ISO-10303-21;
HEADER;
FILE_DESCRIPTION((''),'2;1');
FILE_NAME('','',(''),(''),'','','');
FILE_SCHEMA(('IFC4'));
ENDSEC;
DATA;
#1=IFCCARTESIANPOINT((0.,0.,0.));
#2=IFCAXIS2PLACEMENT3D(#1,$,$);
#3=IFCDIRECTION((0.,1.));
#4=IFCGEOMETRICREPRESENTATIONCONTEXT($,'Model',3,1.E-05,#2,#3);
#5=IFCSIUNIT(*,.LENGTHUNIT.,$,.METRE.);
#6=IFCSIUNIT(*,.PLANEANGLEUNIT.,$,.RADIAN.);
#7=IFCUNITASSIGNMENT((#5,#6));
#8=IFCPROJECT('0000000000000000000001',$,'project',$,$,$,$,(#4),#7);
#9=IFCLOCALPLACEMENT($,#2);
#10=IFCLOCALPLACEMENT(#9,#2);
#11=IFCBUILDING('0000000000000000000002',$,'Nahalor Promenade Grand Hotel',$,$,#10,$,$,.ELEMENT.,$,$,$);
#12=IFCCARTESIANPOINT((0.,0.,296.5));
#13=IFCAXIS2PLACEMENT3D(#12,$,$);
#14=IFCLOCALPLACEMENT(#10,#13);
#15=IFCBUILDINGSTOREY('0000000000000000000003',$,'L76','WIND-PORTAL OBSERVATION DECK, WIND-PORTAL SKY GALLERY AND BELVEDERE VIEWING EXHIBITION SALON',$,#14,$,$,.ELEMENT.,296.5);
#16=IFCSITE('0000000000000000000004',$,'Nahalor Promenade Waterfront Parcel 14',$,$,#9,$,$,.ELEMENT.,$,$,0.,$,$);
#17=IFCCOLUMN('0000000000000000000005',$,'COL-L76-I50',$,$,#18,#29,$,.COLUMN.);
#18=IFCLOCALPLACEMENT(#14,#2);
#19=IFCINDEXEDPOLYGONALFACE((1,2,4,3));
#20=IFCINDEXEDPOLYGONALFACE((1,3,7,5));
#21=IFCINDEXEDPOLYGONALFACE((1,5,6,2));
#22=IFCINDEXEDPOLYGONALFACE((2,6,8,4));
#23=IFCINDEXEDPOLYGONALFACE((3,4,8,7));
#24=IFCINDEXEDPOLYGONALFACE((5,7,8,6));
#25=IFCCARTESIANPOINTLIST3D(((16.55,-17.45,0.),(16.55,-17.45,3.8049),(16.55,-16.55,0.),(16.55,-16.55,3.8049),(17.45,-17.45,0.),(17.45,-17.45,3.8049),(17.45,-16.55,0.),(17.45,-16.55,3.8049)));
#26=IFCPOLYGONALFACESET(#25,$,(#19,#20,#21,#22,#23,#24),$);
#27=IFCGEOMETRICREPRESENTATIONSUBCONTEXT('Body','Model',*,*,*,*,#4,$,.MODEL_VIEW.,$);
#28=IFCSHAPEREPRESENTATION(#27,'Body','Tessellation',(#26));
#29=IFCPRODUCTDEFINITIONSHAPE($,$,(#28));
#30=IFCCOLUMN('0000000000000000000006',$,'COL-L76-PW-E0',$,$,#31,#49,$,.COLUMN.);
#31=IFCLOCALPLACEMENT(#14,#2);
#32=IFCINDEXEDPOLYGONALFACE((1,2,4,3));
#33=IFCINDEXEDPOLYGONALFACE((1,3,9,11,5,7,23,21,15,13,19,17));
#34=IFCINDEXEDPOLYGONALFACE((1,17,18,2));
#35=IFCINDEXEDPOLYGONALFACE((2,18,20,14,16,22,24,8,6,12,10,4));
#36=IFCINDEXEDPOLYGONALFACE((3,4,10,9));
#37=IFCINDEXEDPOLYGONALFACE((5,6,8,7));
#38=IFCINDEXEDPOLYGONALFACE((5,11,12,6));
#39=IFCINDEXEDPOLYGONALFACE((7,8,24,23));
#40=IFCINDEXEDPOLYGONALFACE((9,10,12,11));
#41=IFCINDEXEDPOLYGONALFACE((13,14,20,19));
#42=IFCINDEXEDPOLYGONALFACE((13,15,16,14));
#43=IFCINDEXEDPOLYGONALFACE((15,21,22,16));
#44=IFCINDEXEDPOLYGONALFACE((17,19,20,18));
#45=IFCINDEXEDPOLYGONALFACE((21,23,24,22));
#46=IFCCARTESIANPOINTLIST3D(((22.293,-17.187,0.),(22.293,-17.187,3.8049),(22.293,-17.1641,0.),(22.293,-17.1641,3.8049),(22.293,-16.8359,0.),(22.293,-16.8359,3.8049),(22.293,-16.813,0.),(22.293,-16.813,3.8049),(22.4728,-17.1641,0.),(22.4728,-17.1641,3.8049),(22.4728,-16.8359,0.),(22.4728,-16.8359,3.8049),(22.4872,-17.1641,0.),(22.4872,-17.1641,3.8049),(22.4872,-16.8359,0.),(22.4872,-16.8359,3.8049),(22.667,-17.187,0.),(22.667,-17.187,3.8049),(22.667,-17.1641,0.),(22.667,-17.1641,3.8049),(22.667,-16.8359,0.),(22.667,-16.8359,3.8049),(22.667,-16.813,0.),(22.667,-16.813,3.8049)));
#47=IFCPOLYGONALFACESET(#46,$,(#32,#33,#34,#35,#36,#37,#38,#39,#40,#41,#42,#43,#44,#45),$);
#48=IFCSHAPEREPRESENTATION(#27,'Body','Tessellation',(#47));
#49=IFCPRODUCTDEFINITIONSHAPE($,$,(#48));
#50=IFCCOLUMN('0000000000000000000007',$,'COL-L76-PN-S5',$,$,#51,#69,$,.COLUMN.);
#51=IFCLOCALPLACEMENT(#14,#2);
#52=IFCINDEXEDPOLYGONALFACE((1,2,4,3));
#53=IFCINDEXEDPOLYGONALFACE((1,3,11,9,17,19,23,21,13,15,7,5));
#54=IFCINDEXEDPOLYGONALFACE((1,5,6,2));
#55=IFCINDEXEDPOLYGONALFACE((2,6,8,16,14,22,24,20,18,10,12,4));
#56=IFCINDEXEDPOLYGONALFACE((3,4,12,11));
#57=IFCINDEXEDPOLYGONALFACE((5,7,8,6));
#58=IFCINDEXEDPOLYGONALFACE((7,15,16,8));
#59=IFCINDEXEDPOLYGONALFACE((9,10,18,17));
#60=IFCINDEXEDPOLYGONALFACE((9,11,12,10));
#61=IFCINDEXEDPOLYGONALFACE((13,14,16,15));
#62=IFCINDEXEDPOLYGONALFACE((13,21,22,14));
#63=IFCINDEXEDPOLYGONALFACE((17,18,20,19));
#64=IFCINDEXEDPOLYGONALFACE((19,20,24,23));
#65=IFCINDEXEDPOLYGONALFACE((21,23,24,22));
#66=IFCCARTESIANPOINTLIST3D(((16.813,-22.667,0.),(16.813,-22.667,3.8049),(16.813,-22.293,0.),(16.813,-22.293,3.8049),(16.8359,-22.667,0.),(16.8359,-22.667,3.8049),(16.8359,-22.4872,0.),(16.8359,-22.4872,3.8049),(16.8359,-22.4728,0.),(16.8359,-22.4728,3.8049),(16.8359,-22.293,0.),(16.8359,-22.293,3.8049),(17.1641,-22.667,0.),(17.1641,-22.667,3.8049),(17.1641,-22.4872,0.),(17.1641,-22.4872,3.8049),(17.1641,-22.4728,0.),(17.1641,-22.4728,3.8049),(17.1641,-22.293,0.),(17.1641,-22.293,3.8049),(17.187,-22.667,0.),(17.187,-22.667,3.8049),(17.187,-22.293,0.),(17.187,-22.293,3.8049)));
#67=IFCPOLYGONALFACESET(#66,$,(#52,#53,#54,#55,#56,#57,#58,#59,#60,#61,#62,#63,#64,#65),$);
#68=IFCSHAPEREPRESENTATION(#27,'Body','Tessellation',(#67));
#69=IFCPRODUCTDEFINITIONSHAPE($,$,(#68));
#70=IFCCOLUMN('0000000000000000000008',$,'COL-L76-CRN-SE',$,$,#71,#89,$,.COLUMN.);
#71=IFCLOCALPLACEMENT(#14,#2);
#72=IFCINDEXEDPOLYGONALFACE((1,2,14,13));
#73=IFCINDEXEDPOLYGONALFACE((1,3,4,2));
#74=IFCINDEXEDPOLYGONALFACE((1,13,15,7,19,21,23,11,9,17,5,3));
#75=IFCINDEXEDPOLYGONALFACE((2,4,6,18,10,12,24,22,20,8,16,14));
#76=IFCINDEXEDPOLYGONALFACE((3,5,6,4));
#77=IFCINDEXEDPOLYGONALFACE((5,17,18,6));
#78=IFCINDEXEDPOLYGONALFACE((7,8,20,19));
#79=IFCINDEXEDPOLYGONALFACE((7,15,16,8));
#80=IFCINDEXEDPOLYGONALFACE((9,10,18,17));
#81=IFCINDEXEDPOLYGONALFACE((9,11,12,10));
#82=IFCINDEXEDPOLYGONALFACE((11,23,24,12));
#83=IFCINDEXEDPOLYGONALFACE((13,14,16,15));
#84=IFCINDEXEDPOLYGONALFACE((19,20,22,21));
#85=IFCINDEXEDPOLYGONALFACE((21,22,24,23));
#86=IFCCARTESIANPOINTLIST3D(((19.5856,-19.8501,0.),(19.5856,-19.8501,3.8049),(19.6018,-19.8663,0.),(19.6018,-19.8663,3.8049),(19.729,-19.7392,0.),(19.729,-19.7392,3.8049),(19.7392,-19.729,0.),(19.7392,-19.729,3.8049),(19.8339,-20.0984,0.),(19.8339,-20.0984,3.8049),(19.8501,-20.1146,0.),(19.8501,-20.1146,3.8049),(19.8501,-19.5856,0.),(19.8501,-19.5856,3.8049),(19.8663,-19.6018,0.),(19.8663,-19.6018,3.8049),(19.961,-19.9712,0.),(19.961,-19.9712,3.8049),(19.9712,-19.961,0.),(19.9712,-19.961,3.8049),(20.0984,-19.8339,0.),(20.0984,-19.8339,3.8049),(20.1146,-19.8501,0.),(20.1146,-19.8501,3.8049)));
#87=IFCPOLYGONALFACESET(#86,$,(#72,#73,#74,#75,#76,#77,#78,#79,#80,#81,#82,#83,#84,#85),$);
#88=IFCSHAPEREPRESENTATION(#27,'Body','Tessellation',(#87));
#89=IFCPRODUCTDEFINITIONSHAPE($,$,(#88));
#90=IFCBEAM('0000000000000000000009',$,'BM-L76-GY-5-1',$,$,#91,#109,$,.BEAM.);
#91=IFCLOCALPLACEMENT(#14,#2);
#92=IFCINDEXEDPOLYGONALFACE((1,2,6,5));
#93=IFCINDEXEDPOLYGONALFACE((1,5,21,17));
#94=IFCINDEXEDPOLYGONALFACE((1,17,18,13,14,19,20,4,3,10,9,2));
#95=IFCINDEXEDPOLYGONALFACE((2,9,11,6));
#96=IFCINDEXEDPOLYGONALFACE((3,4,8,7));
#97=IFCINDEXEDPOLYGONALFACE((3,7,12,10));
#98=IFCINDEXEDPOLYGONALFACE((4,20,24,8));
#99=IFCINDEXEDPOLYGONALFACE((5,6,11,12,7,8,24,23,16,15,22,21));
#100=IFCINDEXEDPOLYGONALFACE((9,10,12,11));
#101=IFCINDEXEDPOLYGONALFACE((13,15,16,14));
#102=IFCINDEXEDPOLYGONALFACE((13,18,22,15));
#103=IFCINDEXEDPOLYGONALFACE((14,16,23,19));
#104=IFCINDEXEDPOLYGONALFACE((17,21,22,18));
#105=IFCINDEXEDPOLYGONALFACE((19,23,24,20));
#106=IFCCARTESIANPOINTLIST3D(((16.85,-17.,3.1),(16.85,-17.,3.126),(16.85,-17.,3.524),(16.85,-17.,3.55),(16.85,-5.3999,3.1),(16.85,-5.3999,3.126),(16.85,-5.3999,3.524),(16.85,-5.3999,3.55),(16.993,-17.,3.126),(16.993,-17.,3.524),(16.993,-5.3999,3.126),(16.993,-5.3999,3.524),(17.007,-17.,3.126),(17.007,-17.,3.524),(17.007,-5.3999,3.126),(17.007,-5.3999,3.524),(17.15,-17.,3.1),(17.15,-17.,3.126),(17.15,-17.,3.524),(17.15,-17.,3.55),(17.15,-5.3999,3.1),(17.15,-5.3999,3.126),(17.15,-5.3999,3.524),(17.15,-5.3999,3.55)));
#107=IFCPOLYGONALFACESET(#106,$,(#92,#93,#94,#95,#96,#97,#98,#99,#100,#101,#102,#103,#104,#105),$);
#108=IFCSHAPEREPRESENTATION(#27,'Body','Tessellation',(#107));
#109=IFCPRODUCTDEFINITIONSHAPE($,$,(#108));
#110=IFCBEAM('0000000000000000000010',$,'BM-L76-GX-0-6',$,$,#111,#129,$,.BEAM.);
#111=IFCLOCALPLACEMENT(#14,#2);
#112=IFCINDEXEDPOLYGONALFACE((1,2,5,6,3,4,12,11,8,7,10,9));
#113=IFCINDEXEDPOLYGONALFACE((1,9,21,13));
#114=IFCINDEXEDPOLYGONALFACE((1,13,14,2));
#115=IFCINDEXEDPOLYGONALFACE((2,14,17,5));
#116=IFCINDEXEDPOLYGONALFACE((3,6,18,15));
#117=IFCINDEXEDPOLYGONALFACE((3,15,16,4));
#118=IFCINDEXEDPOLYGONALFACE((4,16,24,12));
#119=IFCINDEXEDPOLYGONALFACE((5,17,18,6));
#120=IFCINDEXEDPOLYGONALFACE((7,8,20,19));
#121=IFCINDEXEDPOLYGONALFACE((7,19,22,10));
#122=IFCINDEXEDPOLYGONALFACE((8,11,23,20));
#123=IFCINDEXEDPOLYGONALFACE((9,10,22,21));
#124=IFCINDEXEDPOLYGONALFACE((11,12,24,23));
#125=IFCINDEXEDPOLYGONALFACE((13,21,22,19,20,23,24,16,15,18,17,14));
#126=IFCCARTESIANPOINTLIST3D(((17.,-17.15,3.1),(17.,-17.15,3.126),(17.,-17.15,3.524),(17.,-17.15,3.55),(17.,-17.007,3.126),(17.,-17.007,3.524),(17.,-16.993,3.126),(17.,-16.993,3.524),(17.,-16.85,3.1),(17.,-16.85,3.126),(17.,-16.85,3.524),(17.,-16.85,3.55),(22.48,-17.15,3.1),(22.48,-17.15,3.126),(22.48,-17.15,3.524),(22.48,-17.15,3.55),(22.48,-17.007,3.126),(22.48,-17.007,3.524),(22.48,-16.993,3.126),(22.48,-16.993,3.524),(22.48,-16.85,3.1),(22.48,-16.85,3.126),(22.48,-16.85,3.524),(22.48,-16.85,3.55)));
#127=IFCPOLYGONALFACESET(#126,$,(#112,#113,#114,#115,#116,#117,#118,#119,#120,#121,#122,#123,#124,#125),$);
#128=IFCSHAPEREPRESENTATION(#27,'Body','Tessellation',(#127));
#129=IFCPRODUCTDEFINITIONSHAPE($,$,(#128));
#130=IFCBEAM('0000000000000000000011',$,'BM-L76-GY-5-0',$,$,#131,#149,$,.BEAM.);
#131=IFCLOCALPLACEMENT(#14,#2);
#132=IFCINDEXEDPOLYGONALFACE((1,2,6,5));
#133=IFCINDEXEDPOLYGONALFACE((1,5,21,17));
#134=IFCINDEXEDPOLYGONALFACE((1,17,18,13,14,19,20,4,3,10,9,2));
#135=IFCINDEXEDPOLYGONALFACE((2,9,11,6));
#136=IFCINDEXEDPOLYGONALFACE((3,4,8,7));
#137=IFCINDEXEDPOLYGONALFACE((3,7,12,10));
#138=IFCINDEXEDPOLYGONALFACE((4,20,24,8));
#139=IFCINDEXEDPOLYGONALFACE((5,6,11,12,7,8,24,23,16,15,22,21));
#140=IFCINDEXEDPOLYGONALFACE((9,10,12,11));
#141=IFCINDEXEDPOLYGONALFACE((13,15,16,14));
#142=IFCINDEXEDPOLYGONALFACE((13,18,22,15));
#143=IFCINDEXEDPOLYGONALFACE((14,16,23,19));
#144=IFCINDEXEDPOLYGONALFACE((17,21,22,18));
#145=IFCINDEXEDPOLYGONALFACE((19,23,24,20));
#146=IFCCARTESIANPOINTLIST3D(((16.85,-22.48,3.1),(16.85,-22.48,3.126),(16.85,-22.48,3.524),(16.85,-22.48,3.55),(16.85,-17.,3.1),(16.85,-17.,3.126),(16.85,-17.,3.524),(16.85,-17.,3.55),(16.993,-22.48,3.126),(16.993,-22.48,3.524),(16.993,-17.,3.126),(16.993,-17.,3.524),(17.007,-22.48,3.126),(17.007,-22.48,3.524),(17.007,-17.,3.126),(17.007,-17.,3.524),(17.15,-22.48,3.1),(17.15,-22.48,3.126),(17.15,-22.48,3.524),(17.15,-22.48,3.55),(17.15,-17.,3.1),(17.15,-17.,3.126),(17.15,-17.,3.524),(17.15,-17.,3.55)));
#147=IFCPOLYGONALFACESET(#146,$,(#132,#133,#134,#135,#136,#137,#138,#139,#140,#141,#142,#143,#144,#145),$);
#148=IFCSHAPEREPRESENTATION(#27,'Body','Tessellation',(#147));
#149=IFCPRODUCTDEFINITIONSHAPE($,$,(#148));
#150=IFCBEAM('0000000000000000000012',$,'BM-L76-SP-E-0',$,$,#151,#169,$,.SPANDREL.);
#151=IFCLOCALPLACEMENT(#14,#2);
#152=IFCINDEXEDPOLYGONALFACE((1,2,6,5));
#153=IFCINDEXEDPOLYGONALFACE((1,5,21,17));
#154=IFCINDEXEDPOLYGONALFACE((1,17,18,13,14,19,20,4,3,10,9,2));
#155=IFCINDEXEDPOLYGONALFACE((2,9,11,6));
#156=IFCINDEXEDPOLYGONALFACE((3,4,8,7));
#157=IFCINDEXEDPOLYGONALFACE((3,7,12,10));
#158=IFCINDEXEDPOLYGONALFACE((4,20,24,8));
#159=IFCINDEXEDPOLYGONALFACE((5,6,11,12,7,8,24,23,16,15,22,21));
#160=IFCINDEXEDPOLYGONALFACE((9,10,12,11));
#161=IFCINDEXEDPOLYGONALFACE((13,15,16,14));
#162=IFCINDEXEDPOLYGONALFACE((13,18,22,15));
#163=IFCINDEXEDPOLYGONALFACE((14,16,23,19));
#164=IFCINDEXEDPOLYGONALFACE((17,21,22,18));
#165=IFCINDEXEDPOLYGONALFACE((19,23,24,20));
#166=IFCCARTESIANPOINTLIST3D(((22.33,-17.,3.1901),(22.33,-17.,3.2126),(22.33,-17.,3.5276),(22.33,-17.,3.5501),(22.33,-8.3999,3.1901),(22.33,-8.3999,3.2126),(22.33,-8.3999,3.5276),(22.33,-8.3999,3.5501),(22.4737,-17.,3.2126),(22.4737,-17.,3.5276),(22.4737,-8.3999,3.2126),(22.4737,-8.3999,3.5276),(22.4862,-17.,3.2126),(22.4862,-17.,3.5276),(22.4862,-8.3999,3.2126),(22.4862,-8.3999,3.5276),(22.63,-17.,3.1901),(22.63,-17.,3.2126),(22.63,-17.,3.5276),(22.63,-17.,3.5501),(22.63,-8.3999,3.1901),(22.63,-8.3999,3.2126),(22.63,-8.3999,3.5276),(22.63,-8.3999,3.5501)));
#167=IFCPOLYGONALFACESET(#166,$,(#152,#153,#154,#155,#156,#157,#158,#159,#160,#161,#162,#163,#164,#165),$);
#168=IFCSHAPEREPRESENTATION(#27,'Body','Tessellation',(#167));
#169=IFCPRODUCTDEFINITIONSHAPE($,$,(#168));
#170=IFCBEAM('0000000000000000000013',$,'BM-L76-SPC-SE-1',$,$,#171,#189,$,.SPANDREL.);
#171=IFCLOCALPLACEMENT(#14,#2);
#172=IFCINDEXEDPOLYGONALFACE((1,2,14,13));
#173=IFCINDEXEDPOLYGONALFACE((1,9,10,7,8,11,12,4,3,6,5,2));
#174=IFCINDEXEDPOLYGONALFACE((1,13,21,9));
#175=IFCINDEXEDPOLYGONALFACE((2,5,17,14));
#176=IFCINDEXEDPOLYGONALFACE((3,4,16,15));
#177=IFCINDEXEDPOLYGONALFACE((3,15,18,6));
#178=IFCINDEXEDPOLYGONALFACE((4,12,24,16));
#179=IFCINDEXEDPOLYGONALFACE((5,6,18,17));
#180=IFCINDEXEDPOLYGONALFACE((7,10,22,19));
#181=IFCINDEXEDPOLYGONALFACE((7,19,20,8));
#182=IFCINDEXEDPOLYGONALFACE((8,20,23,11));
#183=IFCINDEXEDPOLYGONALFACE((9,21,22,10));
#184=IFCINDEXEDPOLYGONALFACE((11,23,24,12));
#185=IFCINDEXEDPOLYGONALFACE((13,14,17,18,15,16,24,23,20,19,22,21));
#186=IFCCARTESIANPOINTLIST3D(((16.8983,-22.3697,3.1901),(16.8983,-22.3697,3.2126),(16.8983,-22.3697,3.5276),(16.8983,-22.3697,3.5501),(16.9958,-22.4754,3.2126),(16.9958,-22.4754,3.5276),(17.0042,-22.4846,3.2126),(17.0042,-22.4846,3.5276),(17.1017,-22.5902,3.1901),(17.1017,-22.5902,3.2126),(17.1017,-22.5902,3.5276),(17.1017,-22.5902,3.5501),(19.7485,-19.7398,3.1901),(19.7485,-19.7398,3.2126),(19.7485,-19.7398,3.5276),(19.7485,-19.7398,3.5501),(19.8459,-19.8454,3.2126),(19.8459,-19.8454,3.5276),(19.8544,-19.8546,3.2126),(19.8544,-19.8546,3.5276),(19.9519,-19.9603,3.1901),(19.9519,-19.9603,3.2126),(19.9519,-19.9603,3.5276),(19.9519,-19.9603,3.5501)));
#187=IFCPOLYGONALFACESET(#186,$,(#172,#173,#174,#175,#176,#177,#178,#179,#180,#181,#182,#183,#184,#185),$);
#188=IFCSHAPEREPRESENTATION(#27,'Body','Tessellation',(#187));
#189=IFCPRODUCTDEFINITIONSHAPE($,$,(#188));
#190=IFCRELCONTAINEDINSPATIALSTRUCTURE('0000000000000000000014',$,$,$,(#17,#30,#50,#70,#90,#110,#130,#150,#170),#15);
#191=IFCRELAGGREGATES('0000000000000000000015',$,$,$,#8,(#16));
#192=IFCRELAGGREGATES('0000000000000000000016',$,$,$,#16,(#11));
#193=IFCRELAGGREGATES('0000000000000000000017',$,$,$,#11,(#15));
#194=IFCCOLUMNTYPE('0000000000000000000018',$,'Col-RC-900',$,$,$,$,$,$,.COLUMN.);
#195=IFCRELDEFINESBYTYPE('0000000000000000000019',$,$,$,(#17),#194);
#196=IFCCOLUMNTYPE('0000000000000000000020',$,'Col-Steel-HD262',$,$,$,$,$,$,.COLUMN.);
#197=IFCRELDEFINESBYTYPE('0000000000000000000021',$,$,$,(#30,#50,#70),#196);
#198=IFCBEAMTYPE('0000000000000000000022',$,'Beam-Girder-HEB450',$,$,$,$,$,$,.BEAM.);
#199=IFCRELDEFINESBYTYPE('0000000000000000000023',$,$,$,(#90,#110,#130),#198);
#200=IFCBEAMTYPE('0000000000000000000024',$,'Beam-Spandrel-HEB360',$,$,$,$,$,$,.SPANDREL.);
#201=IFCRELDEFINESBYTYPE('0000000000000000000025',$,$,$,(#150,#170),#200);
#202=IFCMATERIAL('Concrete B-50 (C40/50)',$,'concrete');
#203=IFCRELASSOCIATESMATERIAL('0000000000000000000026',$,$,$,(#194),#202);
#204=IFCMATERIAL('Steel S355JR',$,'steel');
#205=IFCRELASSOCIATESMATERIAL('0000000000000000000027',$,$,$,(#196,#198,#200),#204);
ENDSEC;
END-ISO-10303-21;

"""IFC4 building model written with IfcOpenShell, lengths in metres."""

from ifc_helpers import new_model, si_unit, direction, frame, origin, origin_2d, place, context, subcontext, project, spatial, rectangle, i_section, extrude, source, transform, mapped, material, material_profile, profile_set, type_object, element, save


model = new_model("IFC4")

# Units and contexts
model_context = context("Model", 3, precision=1e-05, world=origin(), true_north=direction((0.0, 1.0)))
body_context = subcontext(model_context, "Body", "Model", "MODEL_VIEW")
ifc_project = project(units=[si_unit("LENGTHUNIT", "METRE"), si_unit("PLANEANGLEUNIT", "RADIAN")], contexts=[model_context])

# Site, building, storey
site_placement = place(None, origin())
site = spatial("IfcSite", under=ifc_project, at=site_placement, Name="Nahalor Promenade Waterfront Parcel 14", CompositionType="ELEMENT", RefElevation=0.0)
building_placement = place(site_placement, origin())
building = spatial("IfcBuilding", under=site, at=building_placement, Name="Nahalor Promenade Grand Hotel", CompositionType="ELEMENT")
storey_placement = place(building_placement, frame((0.0, 0.0, 296.5)))
storey = spatial("IfcBuildingStorey", under=building, at=storey_placement, Name="L76", Description="WIND-PORTAL OBSERVATION DECK, WIND-PORTAL SKY GALLERY AND BELVEDERE VIEWING EXHIBITION SALON", CompositionType="ELEMENT", Elevation=296.5)

# Columns
ifc_material_1 = material(Name="Concrete B-50 (C40/50)", Category="concrete")
ifc_material_profile_1 = material_profile(ifc_material_1, rectangle(XDim=0.9, YDim=0.9, at=origin_2d()), Name="RC 900x900")
ifc_profile_set_1 = profile_set([ifc_material_profile_1], Name="Concrete B-50 (C40/50)")
column_type_1 = type_object("IfcColumnType", Name="Col-RC-900", PredefinedType="COLUMN", material=ifc_profile_set_1)
shared_shape_1 = source(origin(), body_context, "Body", "SweptSolid", [
    extrude(rectangle(XDim=0.9, YDim=0.9, at=origin_2d()), origin(), (0.0, 0.0, 1.0), 3.8049),
])
column_placement = place(storey_placement, frame((17.0, -17.0, 0.0), z_axis=(0.0, 0.0, 1.0), x_axis=(1.0, 0.0, 0.0)))
element("IfcColumn", 1, at=column_placement, inside=storey, type_object=column_type_1, Name="COL-L76-I50", PredefinedType="COLUMN", context=body_context, shape_type="MappedRepresentation", body=[
    mapped(shared_shape_1, transform((0.0, 0.0, 0.0), scale=1.0)),
])
ifc_material_2 = material(Name="Steel S355JR", Category="steel")
ifc_material_profile_2 = material_profile(ifc_material_2, i_section(OverallWidth=0.374, OverallDepth=0.374, WebThickness=0.0144, FlangeThickness=0.0229, at=origin_2d()), Name="HD 360x262")
ifc_profile_set_2 = profile_set([ifc_material_profile_2], Name="Steel S355JR")
column_type_2 = type_object("IfcColumnType", Name="Col-Steel-HD262", PredefinedType="COLUMN", material=ifc_profile_set_2)
shared_shape_2 = source(origin(), body_context, "Body", "SweptSolid", [
    extrude(i_section(OverallWidth=0.374, OverallDepth=0.374, WebThickness=0.0144, FlangeThickness=0.0229, at=origin_2d()), origin(), (0.0, 0.0, 1.0), 3.8049),
])
for number, where, z_axis, x_axis, name in (
    (2, (22.48, -17.0, 0.0), (0.0, 0.0, 1.0), (1.0, 0.0, 0.0), "COL-L76-PW-E0"),
    (3, (17.0, -22.48, 0.0), (0.0, 0.0, 1.0), (0.0, 1.0, 0.0), "COL-L76-PN-S5"),
    (4, (19.8501, -19.8501, 0.0), (0.0, 0.0, 1.0), (0.707107, 0.707107, 0.0), "COL-L76-CRN-SE"),
):
    element("IfcColumn", number, at=place(storey_placement, frame(where, z_axis=z_axis, x_axis=x_axis)), inside=storey, type_object=column_type_2, Name=name, PredefinedType="COLUMN", context=body_context, shape_type="MappedRepresentation", body=[
        mapped(shared_shape_2, transform((0.0, 0.0, 0.0), scale=1.0)),
    ])

# Beams
ifc_material_profile_3 = material_profile(ifc_material_2, i_section(OverallWidth=0.3, OverallDepth=0.45, WebThickness=0.014, FlangeThickness=0.026, at=origin_2d()), Name="HEB 450")
ifc_profile_set_3 = profile_set([ifc_material_profile_3], Name="Steel S355JR")
beam_type_1 = type_object("IfcBeamType", Name="Beam-Girder-HEB450", PredefinedType="BEAM", material=ifc_profile_set_3)
shared_shape_3 = source(origin(), body_context, "Body", "SweptSolid", [
    extrude(i_section(OverallWidth=0.3, OverallDepth=0.45, WebThickness=0.014, FlangeThickness=0.026, at=origin_2d()), origin(), (0.0, 0.0, 1.0), 11.6001),
])
beam_1_placement = place(storey_placement, frame((17.0, -17.0, 3.325), z_axis=(0.0, 1.0, 0.0), x_axis=(-1.0, 0.0, 0.0)))
element("IfcBeam", 5, at=beam_1_placement, inside=storey, type_object=beam_type_1, Name="BM-L76-GY-5-1", PredefinedType="BEAM", context=body_context, shape_type="MappedRepresentation", body=[
    mapped(shared_shape_3, transform((0.0, 0.0, 0.0), scale=1.0)),
])
shared_shape_4 = source(origin(), body_context, "Body", "SweptSolid", [
    extrude(i_section(OverallWidth=0.3, OverallDepth=0.45, WebThickness=0.014, FlangeThickness=0.026, at=origin_2d()), origin(), (0.0, 0.0, 1.0), 5.48),
])
for number, where, z_axis, x_axis, name in (
    (6, (17.0, -17.0, 3.325), (1.0, 0.0, 0.0), (0.0, 1.0, 0.0), "BM-L76-GX-0-6"),
    (7, (17.0, -22.48, 3.325), (0.0, 1.0, 0.0), (-1.0, 0.0, 0.0), "BM-L76-GY-5-0"),
):
    element("IfcBeam", number, at=place(storey_placement, frame(where, z_axis=z_axis, x_axis=x_axis)), inside=storey, type_object=beam_type_1, Name=name, PredefinedType="BEAM", context=body_context, shape_type="MappedRepresentation", body=[
        mapped(shared_shape_4, transform((0.0, 0.0, 0.0), scale=1.0)),
    ])
ifc_material_profile_4 = material_profile(ifc_material_2, i_section(OverallWidth=0.3, OverallDepth=0.36, WebThickness=0.0125, FlangeThickness=0.0225, at=origin_2d()), Name="HEB 360")
ifc_profile_set_4 = profile_set([ifc_material_profile_4], Name="Steel S355JR")
beam_type_2 = type_object("IfcBeamType", Name="Beam-Spandrel-HEB360", PredefinedType="SPANDREL", material=ifc_profile_set_4)
shared_shape_5 = source(origin(), body_context, "Body", "SweptSolid", [
    extrude(i_section(OverallWidth=0.3, OverallDepth=0.36, WebThickness=0.0125, FlangeThickness=0.0225, at=origin_2d()), origin(), (0.0, 0.0, 1.0), 8.6001),
])
beam_2_placement = place(storey_placement, frame((22.48, -17.0, 3.3701), z_axis=(0.0, 1.0, 0.0), x_axis=(-1.0, 0.0, 0.0)))
element("IfcBeam", 8, at=beam_2_placement, inside=storey, type_object=beam_type_2, Name="BM-L76-SP-E-0", PredefinedType="SPANDREL", context=body_context, shape_type="MappedRepresentation", body=[
    mapped(shared_shape_5, transform((0.0, 0.0, 0.0), scale=1.0)),
])
shared_shape_6 = source(origin(), body_context, "Body", "SweptSolid", [
    extrude(i_section(OverallWidth=0.3, OverallDepth=0.36, WebThickness=0.0125, FlangeThickness=0.0225, at=origin_2d()), origin(), (0.0, 0.0, 1.0), 3.8782),
])
for number, where, z_axis, x_axis, name in (
    (9, (17.0, -22.48, 3.3701), (0.734929, 0.678144, 0.0), (-0.678144, 0.734929, 0.0), "BM-L76-SPC-SE-1"),
):
    element("IfcBeam", number, at=place(storey_placement, frame(where, z_axis=z_axis, x_axis=x_axis)), inside=storey, type_object=beam_type_2, Name=name, PredefinedType="SPANDREL", context=body_context, shape_type="MappedRepresentation", body=[
        mapped(shared_shape_6, transform((0.0, 0.0, 0.0), scale=1.0)),
    ])

save(model, "model.ifc")
